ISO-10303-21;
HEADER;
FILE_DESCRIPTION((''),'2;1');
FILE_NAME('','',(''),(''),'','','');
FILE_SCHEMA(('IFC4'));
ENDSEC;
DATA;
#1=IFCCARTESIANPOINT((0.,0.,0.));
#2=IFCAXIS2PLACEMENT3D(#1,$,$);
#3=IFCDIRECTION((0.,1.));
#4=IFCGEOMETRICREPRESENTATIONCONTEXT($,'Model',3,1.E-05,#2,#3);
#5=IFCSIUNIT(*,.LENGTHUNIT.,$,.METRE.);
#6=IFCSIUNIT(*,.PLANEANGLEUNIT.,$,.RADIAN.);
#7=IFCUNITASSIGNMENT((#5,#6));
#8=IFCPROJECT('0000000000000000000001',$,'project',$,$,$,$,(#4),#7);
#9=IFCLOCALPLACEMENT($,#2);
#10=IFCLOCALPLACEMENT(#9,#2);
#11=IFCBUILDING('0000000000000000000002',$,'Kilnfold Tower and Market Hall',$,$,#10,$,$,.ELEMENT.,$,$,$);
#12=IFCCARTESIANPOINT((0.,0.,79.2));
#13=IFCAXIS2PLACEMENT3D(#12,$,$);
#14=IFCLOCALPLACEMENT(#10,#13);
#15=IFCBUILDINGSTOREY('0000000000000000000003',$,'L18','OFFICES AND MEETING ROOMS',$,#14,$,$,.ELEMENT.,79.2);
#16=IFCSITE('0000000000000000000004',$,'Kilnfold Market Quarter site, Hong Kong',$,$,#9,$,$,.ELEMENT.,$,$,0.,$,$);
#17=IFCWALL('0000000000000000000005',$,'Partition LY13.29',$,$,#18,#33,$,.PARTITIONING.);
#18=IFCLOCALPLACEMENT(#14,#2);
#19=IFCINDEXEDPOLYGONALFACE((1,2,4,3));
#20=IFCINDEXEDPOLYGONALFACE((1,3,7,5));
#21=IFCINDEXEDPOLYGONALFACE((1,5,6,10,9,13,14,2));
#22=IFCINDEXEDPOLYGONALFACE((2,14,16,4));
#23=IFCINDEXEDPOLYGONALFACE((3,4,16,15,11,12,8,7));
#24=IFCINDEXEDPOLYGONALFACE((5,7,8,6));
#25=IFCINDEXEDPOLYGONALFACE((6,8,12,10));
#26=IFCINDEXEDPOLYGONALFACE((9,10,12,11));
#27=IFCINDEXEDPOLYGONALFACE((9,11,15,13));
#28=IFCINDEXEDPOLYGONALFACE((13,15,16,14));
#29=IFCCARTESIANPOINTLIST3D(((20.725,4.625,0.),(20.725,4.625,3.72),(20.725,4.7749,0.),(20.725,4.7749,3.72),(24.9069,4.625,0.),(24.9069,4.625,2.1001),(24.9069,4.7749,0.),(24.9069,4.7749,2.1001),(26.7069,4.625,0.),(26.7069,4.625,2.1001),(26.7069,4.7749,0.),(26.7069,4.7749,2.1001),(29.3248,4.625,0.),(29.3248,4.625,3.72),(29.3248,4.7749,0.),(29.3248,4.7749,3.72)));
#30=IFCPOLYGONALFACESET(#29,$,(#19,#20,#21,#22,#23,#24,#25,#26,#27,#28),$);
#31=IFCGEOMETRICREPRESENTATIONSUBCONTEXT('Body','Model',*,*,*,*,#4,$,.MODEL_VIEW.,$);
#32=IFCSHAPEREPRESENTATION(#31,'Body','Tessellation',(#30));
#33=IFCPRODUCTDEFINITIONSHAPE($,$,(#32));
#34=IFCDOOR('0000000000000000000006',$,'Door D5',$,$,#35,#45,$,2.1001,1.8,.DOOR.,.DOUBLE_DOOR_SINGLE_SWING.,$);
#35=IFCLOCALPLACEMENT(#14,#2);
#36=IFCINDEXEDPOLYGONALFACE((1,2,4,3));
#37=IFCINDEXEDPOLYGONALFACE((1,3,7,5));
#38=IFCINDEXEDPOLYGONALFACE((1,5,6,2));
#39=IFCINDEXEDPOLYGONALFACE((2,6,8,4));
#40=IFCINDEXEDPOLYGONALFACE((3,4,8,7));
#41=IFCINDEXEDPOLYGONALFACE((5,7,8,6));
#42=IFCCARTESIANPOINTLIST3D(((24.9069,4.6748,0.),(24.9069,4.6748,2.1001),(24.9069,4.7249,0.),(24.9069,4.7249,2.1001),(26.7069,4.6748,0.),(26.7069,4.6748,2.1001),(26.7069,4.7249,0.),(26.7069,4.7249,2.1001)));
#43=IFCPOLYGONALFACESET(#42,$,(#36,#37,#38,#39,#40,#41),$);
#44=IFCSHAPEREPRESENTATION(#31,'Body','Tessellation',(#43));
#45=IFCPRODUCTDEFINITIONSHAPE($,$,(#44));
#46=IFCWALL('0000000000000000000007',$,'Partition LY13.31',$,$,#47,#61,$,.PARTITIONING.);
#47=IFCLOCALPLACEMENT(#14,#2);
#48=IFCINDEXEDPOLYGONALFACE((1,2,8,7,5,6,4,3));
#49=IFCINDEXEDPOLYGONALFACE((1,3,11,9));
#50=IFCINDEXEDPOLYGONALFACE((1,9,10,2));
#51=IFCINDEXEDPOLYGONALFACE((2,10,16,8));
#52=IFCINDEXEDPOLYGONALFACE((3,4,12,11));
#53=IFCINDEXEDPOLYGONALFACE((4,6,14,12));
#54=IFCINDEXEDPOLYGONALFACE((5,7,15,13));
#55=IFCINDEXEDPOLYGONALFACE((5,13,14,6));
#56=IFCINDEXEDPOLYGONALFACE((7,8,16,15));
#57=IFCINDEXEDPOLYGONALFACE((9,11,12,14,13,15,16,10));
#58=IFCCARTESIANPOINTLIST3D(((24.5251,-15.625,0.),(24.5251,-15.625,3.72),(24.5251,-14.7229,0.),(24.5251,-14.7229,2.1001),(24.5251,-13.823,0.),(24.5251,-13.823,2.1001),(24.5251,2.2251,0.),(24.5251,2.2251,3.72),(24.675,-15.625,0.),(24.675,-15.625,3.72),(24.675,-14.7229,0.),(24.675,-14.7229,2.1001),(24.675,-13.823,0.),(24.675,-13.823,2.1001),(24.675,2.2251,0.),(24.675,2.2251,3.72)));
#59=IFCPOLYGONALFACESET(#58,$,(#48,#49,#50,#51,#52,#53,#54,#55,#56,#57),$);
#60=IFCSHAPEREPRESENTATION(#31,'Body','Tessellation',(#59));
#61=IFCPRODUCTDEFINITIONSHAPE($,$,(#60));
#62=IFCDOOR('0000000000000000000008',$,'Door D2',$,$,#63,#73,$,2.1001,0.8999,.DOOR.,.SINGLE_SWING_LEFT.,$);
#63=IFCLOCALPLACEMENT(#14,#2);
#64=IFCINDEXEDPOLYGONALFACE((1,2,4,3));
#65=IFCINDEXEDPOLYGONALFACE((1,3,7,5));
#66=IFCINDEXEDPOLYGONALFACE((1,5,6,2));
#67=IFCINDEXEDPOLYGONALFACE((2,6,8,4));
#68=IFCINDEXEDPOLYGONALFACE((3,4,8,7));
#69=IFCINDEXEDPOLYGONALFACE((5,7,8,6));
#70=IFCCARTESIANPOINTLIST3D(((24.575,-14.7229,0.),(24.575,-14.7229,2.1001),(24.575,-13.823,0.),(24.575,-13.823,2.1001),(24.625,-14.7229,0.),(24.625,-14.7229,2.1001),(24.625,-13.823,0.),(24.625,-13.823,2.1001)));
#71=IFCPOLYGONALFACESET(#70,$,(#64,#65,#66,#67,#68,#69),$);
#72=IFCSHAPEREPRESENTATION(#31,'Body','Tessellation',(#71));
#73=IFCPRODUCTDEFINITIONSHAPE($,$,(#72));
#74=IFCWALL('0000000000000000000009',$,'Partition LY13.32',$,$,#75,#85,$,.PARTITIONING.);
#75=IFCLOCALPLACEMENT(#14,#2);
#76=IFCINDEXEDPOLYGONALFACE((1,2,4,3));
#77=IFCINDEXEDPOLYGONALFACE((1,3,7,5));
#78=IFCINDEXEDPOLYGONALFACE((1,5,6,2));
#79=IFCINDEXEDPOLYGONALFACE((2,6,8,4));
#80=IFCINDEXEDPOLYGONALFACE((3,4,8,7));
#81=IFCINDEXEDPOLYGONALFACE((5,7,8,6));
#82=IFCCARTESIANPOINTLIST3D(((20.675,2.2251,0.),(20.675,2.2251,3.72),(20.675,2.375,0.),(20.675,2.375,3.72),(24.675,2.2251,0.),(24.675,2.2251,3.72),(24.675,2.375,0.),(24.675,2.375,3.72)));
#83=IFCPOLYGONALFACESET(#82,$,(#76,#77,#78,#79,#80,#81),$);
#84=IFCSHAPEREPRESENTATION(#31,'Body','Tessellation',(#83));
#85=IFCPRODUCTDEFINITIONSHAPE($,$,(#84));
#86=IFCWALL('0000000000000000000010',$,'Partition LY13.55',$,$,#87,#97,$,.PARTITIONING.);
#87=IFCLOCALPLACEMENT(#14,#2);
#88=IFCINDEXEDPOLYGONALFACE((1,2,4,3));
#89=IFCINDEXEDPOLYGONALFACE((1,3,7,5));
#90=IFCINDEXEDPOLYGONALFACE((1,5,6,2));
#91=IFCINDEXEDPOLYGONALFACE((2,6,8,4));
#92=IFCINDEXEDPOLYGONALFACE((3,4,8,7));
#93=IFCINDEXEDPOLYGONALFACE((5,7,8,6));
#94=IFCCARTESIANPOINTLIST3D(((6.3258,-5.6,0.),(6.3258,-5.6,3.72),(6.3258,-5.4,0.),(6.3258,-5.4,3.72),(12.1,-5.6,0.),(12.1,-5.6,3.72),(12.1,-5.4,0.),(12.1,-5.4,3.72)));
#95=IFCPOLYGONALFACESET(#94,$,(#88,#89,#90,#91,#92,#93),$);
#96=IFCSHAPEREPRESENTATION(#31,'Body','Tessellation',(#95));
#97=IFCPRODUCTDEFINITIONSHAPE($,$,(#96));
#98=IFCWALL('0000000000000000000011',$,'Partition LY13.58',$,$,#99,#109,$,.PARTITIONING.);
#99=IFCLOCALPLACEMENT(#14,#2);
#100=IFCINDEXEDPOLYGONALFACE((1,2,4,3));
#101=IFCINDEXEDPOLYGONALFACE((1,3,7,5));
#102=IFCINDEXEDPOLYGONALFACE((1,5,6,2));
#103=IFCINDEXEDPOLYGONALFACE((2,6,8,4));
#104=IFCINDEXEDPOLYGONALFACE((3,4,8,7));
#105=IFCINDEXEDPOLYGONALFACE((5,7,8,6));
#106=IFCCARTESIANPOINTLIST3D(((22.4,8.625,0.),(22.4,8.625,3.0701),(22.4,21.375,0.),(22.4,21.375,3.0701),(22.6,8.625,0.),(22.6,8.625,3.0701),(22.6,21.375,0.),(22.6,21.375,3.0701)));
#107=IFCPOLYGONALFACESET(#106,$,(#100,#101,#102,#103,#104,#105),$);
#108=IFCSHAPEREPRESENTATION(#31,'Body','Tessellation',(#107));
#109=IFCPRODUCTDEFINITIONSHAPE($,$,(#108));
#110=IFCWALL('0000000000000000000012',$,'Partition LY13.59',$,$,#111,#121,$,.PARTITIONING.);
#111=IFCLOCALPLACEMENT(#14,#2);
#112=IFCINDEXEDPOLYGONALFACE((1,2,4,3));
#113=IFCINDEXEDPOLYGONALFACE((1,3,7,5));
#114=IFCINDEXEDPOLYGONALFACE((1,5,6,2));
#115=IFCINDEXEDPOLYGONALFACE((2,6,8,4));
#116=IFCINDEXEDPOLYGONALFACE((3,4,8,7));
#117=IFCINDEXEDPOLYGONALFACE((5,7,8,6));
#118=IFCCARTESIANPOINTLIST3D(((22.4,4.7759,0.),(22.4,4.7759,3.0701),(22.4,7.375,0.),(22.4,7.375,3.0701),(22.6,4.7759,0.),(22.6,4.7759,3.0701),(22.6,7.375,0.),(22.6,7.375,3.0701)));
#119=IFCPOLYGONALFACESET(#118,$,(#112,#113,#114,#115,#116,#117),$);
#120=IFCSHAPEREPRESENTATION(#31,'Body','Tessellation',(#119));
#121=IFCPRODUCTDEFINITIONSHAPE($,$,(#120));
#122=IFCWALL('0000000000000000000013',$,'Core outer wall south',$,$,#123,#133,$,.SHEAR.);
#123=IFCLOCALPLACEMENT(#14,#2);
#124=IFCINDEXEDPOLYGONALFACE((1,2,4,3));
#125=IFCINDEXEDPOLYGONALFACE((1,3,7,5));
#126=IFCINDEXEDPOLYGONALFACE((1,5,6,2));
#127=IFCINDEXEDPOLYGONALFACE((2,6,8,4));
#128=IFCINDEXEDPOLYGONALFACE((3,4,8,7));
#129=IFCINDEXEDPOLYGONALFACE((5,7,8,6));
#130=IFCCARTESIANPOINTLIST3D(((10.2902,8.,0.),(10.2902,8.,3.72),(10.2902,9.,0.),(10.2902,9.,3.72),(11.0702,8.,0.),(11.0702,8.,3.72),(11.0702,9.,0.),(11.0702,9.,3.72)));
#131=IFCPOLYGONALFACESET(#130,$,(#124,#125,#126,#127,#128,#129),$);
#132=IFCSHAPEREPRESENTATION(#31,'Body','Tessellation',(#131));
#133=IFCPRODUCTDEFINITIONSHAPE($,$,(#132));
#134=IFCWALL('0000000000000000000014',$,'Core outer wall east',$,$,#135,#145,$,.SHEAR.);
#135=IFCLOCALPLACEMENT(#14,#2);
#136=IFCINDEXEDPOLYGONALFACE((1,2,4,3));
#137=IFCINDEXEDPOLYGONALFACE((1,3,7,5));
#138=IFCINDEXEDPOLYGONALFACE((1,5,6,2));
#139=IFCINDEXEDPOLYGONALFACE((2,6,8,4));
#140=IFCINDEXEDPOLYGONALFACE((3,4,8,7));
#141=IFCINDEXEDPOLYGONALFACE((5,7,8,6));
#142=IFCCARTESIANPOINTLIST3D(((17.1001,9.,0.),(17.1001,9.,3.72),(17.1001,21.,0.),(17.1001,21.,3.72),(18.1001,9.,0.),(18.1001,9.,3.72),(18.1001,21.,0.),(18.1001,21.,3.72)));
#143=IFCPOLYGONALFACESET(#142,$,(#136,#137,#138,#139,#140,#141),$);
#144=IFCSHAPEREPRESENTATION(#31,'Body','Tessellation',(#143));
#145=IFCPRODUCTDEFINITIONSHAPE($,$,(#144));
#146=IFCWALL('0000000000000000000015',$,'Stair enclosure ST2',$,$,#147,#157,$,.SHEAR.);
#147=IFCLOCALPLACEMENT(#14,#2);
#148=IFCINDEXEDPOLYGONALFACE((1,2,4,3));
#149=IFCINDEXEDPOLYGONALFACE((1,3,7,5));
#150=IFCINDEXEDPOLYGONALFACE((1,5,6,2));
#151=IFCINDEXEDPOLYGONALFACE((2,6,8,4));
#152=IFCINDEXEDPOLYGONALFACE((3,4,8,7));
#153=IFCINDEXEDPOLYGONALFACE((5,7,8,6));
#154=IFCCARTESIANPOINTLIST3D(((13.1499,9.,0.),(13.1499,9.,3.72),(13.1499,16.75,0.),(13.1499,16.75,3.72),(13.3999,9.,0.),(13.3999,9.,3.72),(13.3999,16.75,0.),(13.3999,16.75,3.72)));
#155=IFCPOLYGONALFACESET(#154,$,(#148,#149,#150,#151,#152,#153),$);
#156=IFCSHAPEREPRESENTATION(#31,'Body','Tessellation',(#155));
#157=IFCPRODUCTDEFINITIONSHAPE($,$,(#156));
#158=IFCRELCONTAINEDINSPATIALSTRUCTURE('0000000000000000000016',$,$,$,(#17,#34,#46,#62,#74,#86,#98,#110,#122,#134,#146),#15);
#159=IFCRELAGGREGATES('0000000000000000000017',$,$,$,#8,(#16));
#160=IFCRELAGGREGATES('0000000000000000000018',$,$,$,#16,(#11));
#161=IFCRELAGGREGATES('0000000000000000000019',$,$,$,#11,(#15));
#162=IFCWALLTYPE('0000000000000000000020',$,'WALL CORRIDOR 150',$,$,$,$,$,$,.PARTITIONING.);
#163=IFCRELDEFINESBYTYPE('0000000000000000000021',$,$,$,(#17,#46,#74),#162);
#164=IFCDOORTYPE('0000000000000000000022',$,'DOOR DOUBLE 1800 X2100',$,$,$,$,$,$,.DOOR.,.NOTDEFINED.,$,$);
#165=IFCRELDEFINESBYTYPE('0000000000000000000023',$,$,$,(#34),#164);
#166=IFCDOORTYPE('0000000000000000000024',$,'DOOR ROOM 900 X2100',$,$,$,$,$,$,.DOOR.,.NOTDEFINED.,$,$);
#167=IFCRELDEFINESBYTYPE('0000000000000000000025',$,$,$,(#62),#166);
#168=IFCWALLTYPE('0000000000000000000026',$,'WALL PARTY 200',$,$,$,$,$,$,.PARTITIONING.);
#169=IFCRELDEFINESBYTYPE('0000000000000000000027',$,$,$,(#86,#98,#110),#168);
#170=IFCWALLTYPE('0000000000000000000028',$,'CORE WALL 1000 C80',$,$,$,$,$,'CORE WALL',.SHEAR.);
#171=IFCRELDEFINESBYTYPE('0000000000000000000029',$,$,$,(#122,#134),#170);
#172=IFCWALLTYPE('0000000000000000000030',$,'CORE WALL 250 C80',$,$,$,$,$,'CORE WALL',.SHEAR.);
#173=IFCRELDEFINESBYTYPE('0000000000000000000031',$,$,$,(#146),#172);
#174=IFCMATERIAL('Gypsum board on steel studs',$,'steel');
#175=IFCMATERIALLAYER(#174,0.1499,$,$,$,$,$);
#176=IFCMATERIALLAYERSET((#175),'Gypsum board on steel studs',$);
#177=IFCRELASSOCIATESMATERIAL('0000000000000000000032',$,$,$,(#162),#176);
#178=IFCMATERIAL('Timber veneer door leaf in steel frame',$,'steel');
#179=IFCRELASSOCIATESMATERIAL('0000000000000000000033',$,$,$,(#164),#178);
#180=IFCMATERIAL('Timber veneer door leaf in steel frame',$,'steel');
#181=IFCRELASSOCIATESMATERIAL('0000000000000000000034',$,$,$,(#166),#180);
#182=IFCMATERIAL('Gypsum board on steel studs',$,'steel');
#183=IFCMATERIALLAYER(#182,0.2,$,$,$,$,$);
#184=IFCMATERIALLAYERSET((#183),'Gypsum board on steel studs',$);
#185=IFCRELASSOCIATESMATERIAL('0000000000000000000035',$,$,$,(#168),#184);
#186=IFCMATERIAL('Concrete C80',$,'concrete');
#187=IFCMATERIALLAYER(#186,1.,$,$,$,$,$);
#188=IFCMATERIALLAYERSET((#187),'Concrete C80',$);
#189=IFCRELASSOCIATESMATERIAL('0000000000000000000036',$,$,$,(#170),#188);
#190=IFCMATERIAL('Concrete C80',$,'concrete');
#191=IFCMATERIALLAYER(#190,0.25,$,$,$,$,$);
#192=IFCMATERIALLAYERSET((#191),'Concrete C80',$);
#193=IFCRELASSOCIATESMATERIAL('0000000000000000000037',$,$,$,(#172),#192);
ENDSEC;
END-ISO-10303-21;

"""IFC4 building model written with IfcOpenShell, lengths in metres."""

from ifc_helpers import new_model, si_unit, direction, frame, frame_2d, origin, place, context, subcontext, project, spatial, rectangle, extrude, source, transform, mapped, material, layer, layer_set, type_object, element, fill, save


model = new_model("IFC4")

# Units and contexts
model_context = context("Model", 3, precision=1e-05, world=origin(), true_north=direction((0.0, 1.0)))
body_context = subcontext(model_context, "Body", "Model", "MODEL_VIEW")
ifc_project = project(units=[si_unit("LENGTHUNIT", "METRE"), si_unit("PLANEANGLEUNIT", "RADIAN")], contexts=[model_context])

# Site, building, storey
site_placement = place(None, origin())
site = spatial("IfcSite", under=ifc_project, at=site_placement, Name="Kilnfold Market Quarter site, Hong Kong", CompositionType="ELEMENT", RefElevation=0.0)
building_placement = place(site_placement, origin())
building = spatial("IfcBuilding", under=site, at=building_placement, Name="Kilnfold Tower and Market Hall", CompositionType="ELEMENT")
storey_placement = place(building_placement, frame((0.0, 0.0, 79.2)))
storey = spatial("IfcBuildingStorey", under=building, at=storey_placement, Name="L18", Description="OFFICES AND MEETING ROOMS", CompositionType="ELEMENT", Elevation=79.2)

# Shared definitions
ifc_material_1 = material(Name="Gypsum board on steel studs", Category="steel")
ifc_layer_1 = layer(ifc_material_1, 0.1499)
ifc_layer_set_1 = layer_set([ifc_layer_1], Name="Gypsum board on steel studs")
wall_type_1 = type_object("IfcWallType", Name="WALL CORRIDOR 150", PredefinedType="PARTITIONING", material=ifc_layer_set_1)

# Walls, openings, doors
wall_1_placement = place(storey_placement, frame((20.7251, 4.7, 0.0), z_axis=(0.0, 0.0, 1.0), x_axis=(1.0, 0.0, 0.0)))
wall_1 = element("IfcWall", 1, at=wall_1_placement, inside=storey, type_object=wall_type_1, Name="Partition LY13.29", PredefinedType="PARTITIONING", context=body_context, shape_type="SweptSolid", body=[
    extrude(rectangle(XDim=8.5999, YDim=0.1499, at=frame_2d((4.2998, 0.0))), origin(), (0.0, 0.0, 1.0), 3.72),
])
opening_1_placement = place(wall_1_placement, frame((4.1819, 0.0, 0.0)))
opening_1 = element("IfcOpeningElement", 2, at=opening_1_placement, cuts=wall_1, PredefinedType="OPENING", context=body_context, shape_type="SweptSolid", body=[
    extrude(rectangle(XDim=1.8, YDim=2.1001, at=frame_2d((0.8999, 1.05))), frame((0.0, 0.085, 0.0), z_axis=(0.0, -1.0, 0.0), x_axis=(1.0, 0.0, 0.0)), (0.0, 0.0, 1.0), 0.1699),
])
ifc_material_2 = material(Name="Timber veneer door leaf in steel frame", Category="steel")
door_type_1 = type_object("IfcDoorType", Name="DOOR DOUBLE 1800 X2100", OperationType="NOTDEFINED", PredefinedType="DOOR", material=ifc_material_2)
door_1_placement = place(opening_1_placement, origin())
door_1 = element("IfcDoor", 3, at=door_1_placement, inside=storey, type_object=door_type_1, Name="Door D5", OperationType="DOUBLE_DOOR_SINGLE_SWING", OverallHeight=2.1001, OverallWidth=1.8, PredefinedType="DOOR", context=body_context, shape_type="SweptSolid", body=[
    extrude(rectangle(XDim=1.8, YDim=2.1001, at=frame_2d((0.8999, 1.05))), frame((0.0, 0.0249, 0.0), z_axis=(0.0, -1.0, 0.0), x_axis=(1.0, 0.0, 0.0)), (0.0, 0.0, 1.0), 0.05),
])
fill(opening_1, door_1)
wall_2_placement = place(storey_placement, frame((24.6001, 2.2251, 0.0), z_axis=(0.0, 0.0, 1.0), x_axis=(0.0, -1.0, 0.0)))
wall_2 = element("IfcWall", 4, at=wall_2_placement, inside=storey, type_object=wall_type_1, Name="Partition LY13.31", PredefinedType="PARTITIONING", context=body_context, shape_type="SweptSolid", body=[
    extrude(rectangle(XDim=17.8501, YDim=0.1499, at=frame_2d((8.925, 0.0))), origin(), (0.0, 0.0, 1.0), 3.72),
])
opening_2_placement = place(wall_2_placement, frame((16.0481, 0.0, 0.0)))
opening_2 = element("IfcOpeningElement", 5, at=opening_2_placement, cuts=wall_2, PredefinedType="OPENING", context=body_context, shape_type="SweptSolid", body=[
    extrude(rectangle(XDim=0.8999, YDim=2.1001, at=frame_2d((0.45, 1.05))), frame((0.0, 0.085, 0.0), z_axis=(0.0, -1.0, 0.0), x_axis=(1.0, 0.0, 0.0)), (0.0, 0.0, 1.0), 0.1699),
])
ifc_material_3 = material(Name="Timber veneer door leaf in steel frame", Category="steel")
door_type_2 = type_object("IfcDoorType", Name="DOOR ROOM 900 X2100", OperationType="NOTDEFINED", PredefinedType="DOOR", material=ifc_material_3)
door_2_placement = place(opening_2_placement, origin())
door_2 = element("IfcDoor", 6, at=door_2_placement, inside=storey, type_object=door_type_2, Name="Door D2", OperationType="SINGLE_SWING_LEFT", OverallHeight=2.1001, OverallWidth=0.8999, PredefinedType="DOOR", context=body_context, shape_type="SweptSolid", body=[
    extrude(rectangle(XDim=0.8999, YDim=2.1001, at=frame_2d((0.45, 1.05))), frame((0.0, 0.0249, 0.0), z_axis=(0.0, -1.0, 0.0), x_axis=(1.0, 0.0, 0.0)), (0.0, 0.0, 1.0), 0.05),
])
fill(opening_2, door_2)

# Walls
wall_3_placement = place(storey_placement, frame((20.675, 2.3, 0.0), z_axis=(0.0, 0.0, 1.0), x_axis=(1.0, 0.0, 0.0)))
element("IfcWall", 7, at=wall_3_placement, inside=storey, type_object=wall_type_1, Name="Partition LY13.32", PredefinedType="PARTITIONING", context=body_context, shape_type="SweptSolid", body=[
    extrude(rectangle(XDim=4.0, YDim=0.1499, at=frame_2d((2.0, 0.0))), origin(), (0.0, 0.0, 1.0), 3.72),
])
ifc_material_4 = material(Name="Gypsum board on steel studs", Category="steel")
ifc_layer_2 = layer(ifc_material_4, 0.2)
ifc_layer_set_2 = layer_set([ifc_layer_2], Name="Gypsum board on steel studs")
wall_type_2 = type_object("IfcWallType", Name="WALL PARTY 200", PredefinedType="PARTITIONING", material=ifc_layer_set_2)
wall_4_placement = place(storey_placement, frame((12.1001, -5.5, 0.0), z_axis=(0.0, 0.0, 1.0), x_axis=(-1.0, 0.0, 0.0)))
element("IfcWall", 8, at=wall_4_placement, inside=storey, type_object=wall_type_2, Name="Partition LY13.55", PredefinedType="PARTITIONING", context=body_context, shape_type="SweptSolid", body=[
    extrude(rectangle(XDim=5.7742, YDim=0.2, at=frame_2d((2.8872, 0.0))), origin(), (0.0, 0.0, 1.0), 3.72),
])
wall_5_placement = place(storey_placement, frame((22.5, 8.625, 0.0), z_axis=(0.0, 0.0, 1.0), x_axis=(0.0, 1.0, 0.0)))
element("IfcWall", 9, at=wall_5_placement, inside=storey, type_object=wall_type_2, Name="Partition LY13.58", PredefinedType="PARTITIONING", context=body_context, shape_type="SweptSolid", body=[
    extrude(rectangle(XDim=12.75, YDim=0.2, at=frame_2d((6.375, 0.0))), origin(), (0.0, 0.0, 1.0), 3.0701),
])
wall_6_placement = place(storey_placement, frame((22.5, 4.7759, 0.0), z_axis=(0.0, 0.0, 1.0), x_axis=(0.0, 1.0, 0.0)))
element("IfcWall", 10, at=wall_6_placement, inside=storey, type_object=wall_type_2, Name="Partition LY13.59", PredefinedType="PARTITIONING", context=body_context, shape_type="SweptSolid", body=[
    extrude(rectangle(XDim=2.5991, YDim=0.2, at=frame_2d((1.2996, 0.0))), origin(), (0.0, 0.0, 1.0), 3.0701),
])
ifc_material_5 = material(Name="Concrete C80", Category="concrete")
ifc_layer_3 = layer(ifc_material_5, 1.0)
ifc_layer_set_3 = layer_set([ifc_layer_3], Name="Concrete C80")
wall_type_3 = type_object("IfcWallType", Name="CORE WALL 1000 C80", ElementType="CORE WALL", PredefinedType="SHEAR", material=ifc_layer_set_3)
shared_shape_1 = source(origin(), body_context, "Body", "SweptSolid", [
    extrude(rectangle(XDim=0.78, YDim=1.0, at=frame_2d((0.3901, 0.0))), origin(), (0.0, 0.0, 1.0), 3.72),
])
wall_7_placement = place(storey_placement, frame((10.29, 8.5, 0.0), z_axis=(0.0, 0.0, 1.0), x_axis=(1.0, 0.0, 0.0)))
element("IfcWall", 11, at=wall_7_placement, inside=storey, type_object=wall_type_3, Name="Core outer wall south", PredefinedType="SHEAR", context=body_context, shape_type="MappedRepresentation", body=[
    mapped(shared_shape_1, transform((0.0, 0.0, 0.0))),
])

# Walls
shared_shape_2 = source(origin(), body_context, "Body", "SweptSolid", [
    extrude(rectangle(XDim=12.0, YDim=1.0, at=frame_2d((6.0, 0.0))), origin(), (0.0, 0.0, 1.0), 3.72),
])
wall_8_placement = place(storey_placement, frame((17.6001, 9.0, 0.0), z_axis=(0.0, 0.0, 1.0), x_axis=(0.0, 1.0, 0.0)))
element("IfcWall", 12, at=wall_8_placement, inside=storey, type_object=wall_type_3, Name="Core outer wall east", PredefinedType="SHEAR", context=body_context, shape_type="MappedRepresentation", body=[
    mapped(shared_shape_2, transform((0.0, 0.0, 0.0))),
])
ifc_material_6 = material(Name="Concrete C80", Category="concrete")
ifc_layer_4 = layer(ifc_material_6, 0.25)
ifc_layer_set_4 = layer_set([ifc_layer_4], Name="Concrete C80")
wall_type_4 = type_object("IfcWallType", Name="CORE WALL 250 C80", ElementType="CORE WALL", PredefinedType="SHEAR", material=ifc_layer_set_4)
shared_shape_3 = source(origin(), body_context, "Body", "SweptSolid", [
    extrude(rectangle(XDim=7.75, YDim=0.25, at=frame_2d((3.875, 0.0))), origin(), (0.0, 0.0, 1.0), 3.72),
])
wall_9_placement = place(storey_placement, frame((13.2749, 9.0, 0.0), z_axis=(0.0, 0.0, 1.0), x_axis=(0.0, 1.0, 0.0)))
element("IfcWall", 13, at=wall_9_placement, inside=storey, type_object=wall_type_4, Name="Stair enclosure ST2", PredefinedType="SHEAR", context=body_context, shape_type="MappedRepresentation", body=[
    mapped(shared_shape_3, transform((0.0, 0.0, 0.0))),
])

save(model, "model.ifc")
